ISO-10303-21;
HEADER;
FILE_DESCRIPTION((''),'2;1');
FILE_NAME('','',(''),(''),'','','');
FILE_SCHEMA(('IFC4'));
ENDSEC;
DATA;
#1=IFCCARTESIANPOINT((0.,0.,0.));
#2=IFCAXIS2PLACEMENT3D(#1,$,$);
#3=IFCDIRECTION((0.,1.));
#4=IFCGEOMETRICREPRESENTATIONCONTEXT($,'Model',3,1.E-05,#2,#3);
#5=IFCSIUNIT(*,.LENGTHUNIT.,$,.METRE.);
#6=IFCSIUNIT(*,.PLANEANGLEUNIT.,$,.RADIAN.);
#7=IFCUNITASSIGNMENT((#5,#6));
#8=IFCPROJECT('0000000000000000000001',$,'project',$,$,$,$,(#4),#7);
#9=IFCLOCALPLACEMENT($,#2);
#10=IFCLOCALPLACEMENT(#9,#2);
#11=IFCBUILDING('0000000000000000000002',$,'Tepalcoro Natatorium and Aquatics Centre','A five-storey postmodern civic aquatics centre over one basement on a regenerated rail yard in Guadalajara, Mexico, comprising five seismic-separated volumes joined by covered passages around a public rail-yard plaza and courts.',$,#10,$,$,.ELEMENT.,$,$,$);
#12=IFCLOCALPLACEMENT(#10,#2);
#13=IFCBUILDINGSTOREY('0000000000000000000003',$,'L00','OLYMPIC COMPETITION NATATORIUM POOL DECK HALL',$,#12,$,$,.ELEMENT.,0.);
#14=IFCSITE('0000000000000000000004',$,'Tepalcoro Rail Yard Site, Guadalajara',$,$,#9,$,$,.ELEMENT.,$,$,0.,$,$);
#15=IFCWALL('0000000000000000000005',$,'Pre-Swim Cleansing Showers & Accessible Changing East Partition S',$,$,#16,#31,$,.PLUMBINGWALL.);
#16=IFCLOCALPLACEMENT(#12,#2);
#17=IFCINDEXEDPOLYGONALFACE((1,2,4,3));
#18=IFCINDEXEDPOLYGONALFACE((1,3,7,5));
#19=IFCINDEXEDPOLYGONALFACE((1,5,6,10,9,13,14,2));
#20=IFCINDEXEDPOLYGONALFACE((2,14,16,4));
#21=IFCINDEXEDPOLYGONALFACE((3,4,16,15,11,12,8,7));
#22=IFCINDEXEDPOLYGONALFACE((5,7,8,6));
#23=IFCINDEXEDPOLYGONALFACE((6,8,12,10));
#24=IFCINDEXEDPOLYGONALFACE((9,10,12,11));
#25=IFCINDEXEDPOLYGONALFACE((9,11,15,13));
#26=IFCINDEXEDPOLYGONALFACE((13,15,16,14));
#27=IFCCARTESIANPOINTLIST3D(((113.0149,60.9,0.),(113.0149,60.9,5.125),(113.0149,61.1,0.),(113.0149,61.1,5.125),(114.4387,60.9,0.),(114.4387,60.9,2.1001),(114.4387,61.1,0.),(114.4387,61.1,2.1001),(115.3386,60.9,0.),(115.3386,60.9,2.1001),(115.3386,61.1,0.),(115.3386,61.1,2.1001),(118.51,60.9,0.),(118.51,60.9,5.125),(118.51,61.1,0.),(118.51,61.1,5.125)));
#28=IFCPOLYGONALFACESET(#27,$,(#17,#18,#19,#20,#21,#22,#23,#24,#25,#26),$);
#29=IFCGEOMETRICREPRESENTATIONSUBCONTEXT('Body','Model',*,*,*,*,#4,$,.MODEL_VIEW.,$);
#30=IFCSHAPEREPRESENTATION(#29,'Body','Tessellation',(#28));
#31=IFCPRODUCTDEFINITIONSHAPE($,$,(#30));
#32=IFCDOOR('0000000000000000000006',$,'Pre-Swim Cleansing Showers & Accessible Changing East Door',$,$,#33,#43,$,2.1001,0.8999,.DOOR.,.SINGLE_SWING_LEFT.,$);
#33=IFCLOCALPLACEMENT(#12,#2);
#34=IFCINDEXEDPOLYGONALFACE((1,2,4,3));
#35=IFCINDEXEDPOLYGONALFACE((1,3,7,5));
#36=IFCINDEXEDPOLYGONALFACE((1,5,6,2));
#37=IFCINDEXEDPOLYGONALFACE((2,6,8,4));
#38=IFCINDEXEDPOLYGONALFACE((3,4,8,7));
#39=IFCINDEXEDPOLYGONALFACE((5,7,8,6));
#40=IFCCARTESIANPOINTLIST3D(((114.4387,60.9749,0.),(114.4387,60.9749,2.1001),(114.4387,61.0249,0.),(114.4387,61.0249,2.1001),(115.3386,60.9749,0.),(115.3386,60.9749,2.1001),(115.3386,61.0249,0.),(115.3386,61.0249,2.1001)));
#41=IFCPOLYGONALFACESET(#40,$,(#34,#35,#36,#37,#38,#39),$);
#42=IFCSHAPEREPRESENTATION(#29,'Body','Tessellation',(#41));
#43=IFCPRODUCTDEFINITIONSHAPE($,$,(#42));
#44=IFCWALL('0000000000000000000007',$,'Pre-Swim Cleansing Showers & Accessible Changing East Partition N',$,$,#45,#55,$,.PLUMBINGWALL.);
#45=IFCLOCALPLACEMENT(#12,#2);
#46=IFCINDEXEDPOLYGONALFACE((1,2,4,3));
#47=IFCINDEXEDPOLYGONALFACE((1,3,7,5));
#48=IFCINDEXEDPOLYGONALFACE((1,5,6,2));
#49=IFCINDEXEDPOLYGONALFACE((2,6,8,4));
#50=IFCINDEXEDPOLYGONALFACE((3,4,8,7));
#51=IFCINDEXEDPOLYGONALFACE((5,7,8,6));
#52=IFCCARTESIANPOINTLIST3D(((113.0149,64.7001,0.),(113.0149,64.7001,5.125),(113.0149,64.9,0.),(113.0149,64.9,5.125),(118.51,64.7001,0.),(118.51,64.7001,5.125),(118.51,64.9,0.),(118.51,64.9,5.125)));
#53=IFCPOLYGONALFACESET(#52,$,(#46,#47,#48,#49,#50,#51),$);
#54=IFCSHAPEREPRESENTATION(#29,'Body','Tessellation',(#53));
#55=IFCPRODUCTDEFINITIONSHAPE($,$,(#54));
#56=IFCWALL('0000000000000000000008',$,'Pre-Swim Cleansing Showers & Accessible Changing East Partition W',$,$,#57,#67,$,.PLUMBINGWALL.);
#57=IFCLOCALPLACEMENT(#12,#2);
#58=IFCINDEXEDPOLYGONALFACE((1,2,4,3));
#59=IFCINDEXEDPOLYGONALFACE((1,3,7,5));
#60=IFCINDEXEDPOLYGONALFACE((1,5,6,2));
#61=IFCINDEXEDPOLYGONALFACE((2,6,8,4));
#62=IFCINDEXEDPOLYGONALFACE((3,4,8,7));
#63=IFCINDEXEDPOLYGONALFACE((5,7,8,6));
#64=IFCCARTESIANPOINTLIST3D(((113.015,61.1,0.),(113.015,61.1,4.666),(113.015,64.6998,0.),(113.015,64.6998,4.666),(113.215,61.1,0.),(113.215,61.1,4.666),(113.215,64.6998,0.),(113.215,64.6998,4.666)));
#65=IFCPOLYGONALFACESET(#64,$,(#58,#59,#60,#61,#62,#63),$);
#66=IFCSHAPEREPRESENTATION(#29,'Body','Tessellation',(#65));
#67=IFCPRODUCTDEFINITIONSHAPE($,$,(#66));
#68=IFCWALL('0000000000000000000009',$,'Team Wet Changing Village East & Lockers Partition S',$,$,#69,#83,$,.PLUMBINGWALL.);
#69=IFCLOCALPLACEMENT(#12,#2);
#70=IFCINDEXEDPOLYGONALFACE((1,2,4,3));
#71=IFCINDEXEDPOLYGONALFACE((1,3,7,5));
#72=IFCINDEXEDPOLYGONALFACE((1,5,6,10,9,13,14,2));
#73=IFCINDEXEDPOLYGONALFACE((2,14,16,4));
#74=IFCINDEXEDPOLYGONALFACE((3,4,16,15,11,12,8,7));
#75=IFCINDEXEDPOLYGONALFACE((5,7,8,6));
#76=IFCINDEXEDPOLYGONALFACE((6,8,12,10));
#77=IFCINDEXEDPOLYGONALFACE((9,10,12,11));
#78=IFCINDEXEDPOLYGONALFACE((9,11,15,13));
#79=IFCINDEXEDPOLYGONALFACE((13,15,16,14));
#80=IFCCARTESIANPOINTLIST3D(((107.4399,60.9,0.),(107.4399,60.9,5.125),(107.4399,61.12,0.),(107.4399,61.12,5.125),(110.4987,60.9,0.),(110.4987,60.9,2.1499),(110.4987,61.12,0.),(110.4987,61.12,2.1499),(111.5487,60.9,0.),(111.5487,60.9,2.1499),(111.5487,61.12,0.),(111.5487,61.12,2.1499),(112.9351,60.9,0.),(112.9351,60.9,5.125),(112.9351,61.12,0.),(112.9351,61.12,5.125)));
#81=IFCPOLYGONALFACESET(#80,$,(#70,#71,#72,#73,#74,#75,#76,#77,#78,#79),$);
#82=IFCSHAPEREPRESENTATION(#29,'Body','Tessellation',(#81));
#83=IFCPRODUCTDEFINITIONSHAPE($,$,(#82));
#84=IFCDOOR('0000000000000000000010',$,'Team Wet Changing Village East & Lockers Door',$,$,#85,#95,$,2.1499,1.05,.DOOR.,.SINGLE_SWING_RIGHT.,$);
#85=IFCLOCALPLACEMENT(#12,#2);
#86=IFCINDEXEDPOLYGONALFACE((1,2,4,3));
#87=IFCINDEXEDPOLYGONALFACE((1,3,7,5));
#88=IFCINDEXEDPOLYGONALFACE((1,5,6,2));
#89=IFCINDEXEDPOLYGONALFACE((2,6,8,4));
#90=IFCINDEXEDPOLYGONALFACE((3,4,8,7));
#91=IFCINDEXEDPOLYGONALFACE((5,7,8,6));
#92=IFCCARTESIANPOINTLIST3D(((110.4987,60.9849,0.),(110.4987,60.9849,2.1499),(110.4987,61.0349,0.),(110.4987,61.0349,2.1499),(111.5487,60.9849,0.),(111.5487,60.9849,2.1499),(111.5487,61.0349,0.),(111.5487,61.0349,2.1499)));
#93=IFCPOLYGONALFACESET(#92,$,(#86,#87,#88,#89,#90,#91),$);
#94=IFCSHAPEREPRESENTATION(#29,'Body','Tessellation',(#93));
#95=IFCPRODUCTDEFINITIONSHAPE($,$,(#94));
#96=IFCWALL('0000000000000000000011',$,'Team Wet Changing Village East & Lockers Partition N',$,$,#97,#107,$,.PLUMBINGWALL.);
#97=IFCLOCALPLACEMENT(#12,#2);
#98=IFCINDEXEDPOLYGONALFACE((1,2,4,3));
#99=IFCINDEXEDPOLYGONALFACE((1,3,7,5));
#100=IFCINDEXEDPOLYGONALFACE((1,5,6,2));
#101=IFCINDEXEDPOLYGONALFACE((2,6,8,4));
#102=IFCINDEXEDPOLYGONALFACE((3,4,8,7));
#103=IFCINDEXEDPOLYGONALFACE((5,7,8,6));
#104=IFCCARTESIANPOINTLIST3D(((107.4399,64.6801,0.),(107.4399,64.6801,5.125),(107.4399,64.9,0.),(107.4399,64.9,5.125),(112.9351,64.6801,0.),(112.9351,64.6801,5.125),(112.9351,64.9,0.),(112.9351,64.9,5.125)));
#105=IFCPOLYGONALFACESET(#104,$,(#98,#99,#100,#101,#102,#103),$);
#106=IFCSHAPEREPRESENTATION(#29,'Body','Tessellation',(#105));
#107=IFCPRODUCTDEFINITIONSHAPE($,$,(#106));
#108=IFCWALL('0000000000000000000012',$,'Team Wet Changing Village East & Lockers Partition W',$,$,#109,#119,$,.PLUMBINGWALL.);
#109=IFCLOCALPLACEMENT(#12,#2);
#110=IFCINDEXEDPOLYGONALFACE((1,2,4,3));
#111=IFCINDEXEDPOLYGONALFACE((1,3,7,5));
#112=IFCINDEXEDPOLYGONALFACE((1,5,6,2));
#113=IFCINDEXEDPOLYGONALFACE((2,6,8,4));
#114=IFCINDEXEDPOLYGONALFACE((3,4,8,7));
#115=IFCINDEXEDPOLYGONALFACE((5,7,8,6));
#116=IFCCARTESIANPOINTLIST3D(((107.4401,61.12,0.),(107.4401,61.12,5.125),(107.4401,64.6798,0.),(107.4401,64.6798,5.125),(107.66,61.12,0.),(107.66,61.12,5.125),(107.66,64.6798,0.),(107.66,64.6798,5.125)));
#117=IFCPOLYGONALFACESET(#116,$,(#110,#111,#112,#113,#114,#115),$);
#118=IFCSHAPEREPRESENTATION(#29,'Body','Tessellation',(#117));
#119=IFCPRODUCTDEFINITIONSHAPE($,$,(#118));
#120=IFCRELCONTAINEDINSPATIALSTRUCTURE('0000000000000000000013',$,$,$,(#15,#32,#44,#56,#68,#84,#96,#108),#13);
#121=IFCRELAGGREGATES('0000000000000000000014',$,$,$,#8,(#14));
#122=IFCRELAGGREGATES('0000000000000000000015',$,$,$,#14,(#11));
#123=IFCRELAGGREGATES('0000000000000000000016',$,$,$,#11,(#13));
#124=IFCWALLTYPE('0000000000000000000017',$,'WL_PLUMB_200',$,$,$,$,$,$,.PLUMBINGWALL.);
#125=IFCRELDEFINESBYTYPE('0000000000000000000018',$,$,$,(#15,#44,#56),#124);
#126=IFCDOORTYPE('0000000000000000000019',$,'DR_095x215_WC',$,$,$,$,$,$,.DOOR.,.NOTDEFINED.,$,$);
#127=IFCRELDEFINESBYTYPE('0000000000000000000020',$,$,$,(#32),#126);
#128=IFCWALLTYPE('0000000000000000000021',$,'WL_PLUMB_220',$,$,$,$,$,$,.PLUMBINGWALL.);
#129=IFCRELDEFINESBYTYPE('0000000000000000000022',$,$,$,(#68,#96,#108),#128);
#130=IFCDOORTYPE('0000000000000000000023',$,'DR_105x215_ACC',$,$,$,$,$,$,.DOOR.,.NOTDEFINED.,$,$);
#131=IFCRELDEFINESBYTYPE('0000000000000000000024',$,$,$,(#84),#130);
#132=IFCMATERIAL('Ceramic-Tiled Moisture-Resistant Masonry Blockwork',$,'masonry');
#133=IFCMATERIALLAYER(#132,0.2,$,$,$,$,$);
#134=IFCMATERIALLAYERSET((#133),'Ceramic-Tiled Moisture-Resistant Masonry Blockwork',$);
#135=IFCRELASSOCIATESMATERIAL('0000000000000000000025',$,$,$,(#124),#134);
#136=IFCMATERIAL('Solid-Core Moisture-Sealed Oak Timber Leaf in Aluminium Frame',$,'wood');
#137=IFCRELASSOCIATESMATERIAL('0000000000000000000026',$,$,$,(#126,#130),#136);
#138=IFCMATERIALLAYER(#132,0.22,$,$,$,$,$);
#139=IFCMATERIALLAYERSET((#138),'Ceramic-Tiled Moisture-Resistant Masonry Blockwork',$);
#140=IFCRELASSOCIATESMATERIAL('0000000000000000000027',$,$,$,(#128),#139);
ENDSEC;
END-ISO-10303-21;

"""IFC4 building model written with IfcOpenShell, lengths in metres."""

from ifc_helpers import new_model, si_unit, direction, frame, frame_2d, origin, place, context, subcontext, project, spatial, rectangle, extrude, material, layer, layer_set, type_object, element, fill, save


model = new_model("IFC4")

# Units and contexts
model_context = context("Model", 3, precision=1e-05, world=origin(), true_north=direction((0.0, 1.0)))
body_context = subcontext(model_context, "Body", "Model", "MODEL_VIEW")
ifc_project = project(units=[si_unit("LENGTHUNIT", "METRE"), si_unit("PLANEANGLEUNIT", "RADIAN")], contexts=[model_context])

# Site, building, storey
site_placement = place(None, origin())
site = spatial("IfcSite", under=ifc_project, at=site_placement, Name="Tepalcoro Rail Yard Site, Guadalajara", CompositionType="ELEMENT", RefElevation=0.0)
building_placement = place(site_placement, origin())
building = spatial("IfcBuilding", under=site, at=building_placement, Name="Tepalcoro Natatorium and Aquatics Centre", Description="A five-storey postmodern civic aquatics centre over one basement on a regenerated rail yard in Guadalajara, Mexico, comprising five seismic-separated volumes joined by covered passages around a public rail-yard plaza and courts.", CompositionType="ELEMENT")
storey_placement = place(building_placement, origin())
storey = spatial("IfcBuildingStorey", under=building, at=storey_placement, Name="L00", Description="OLYMPIC COMPETITION NATATORIUM POOL DECK HALL", CompositionType="ELEMENT", Elevation=0.0)

# Wall, opening, door
ifc_material_1 = material(Name="Ceramic-Tiled Moisture-Resistant Masonry Blockwork", Category="masonry")
ifc_layer_1 = layer(ifc_material_1, 0.2)
ifc_layer_set_1 = layer_set([ifc_layer_1], Name="Ceramic-Tiled Moisture-Resistant Masonry Blockwork")
wall_type_1 = type_object("IfcWallType", Name="WL_PLUMB_200", PredefinedType="PLUMBINGWALL", material=ifc_layer_set_1)
wall_1_placement = place(storey_placement, frame((113.0149, 61.0, 0.0), z_axis=(0.0, 0.0, 1.0), x_axis=(1.0, 0.0, 0.0)))
wall_1 = element("IfcWall", 1, at=wall_1_placement, inside=storey, type_object=wall_type_1, Name="Pre-Swim Cleansing Showers & Accessible Changing East Partition S", PredefinedType="PLUMBINGWALL", context=body_context, shape_type="SweptSolid", body=[
    extrude(rectangle(XDim=5.4951, YDim=0.2, at=frame_2d((2.7476, 0.0))), origin(), (0.0, 0.0, 1.0), 5.125),
])
opening_1_placement = place(wall_1_placement, frame((1.4238, 0.0, 0.0)))
opening_1 = element("IfcOpeningElement", 2, at=opening_1_placement, cuts=wall_1, PredefinedType="OPENING", context=body_context, shape_type="SweptSolid", body=[
    extrude(rectangle(XDim=0.8999, YDim=2.1001, at=frame_2d((0.45, 1.05))), frame((0.0, 0.1118, 0.0), z_axis=(0.0, -1.0, 0.0), x_axis=(1.0, 0.0, 0.0)), (0.0, 0.0, 1.0), 0.2239),
])
ifc_material_2 = material(Name="Solid-Core Moisture-Sealed Oak Timber Leaf in Aluminium Frame", Category="wood")
door_type_1 = type_object("IfcDoorType", Name="DR_095x215_WC", OperationType="NOTDEFINED", PredefinedType="DOOR", material=ifc_material_2)
door_1_placement = place(opening_1_placement, origin())
door_1 = element("IfcDoor", 3, at=door_1_placement, inside=storey, type_object=door_type_1, Name="Pre-Swim Cleansing Showers & Accessible Changing East Door", OperationType="SINGLE_SWING_LEFT", OverallHeight=2.1001, OverallWidth=0.8999, PredefinedType="DOOR", context=body_context, shape_type="SweptSolid", body=[
    extrude(rectangle(XDim=0.8999, YDim=2.1001, at=frame_2d((0.45, 1.05))), frame((0.0, 0.0249, 0.0), z_axis=(0.0, -1.0, 0.0), x_axis=(1.0, 0.0, 0.0)), (0.0, 0.0, 1.0), 0.05),
])
fill(opening_1, door_1)

# Walls
wall_2_placement = place(storey_placement, frame((113.0149, 64.8, 0.0), z_axis=(0.0, 0.0, 1.0), x_axis=(1.0, 0.0, 0.0)))
element("IfcWall", 4, at=wall_2_placement, inside=storey, type_object=wall_type_1, Name="Pre-Swim Cleansing Showers & Accessible Changing East Partition N", PredefinedType="PLUMBINGWALL", context=body_context, shape_type="SweptSolid", body=[
    extrude(rectangle(XDim=5.4951, YDim=0.2, at=frame_2d((2.7476, 0.0))), origin(), (0.0, 0.0, 1.0), 5.125),
])
wall_3_placement = place(storey_placement, frame((113.115, 61.1001, 0.0), z_axis=(0.0, 0.0, 1.0), x_axis=(0.0, 1.0, 0.0)))
element("IfcWall", 5, at=wall_3_placement, inside=storey, type_object=wall_type_1, Name="Pre-Swim Cleansing Showers & Accessible Changing East Partition W", PredefinedType="PLUMBINGWALL", context=body_context, shape_type="SweptSolid", body=[
    extrude(rectangle(XDim=3.5999, YDim=0.2, at=frame_2d((1.7998, 0.0))), origin(), (0.0, 0.0, 1.0), 4.666),
])

# Wall, opening, door
ifc_layer_2 = layer(ifc_material_1, 0.22)
ifc_layer_set_2 = layer_set([ifc_layer_2], Name="Ceramic-Tiled Moisture-Resistant Masonry Blockwork")
wall_type_2 = type_object("IfcWallType", Name="WL_PLUMB_220", PredefinedType="PLUMBINGWALL", material=ifc_layer_set_2)
wall_4_placement = place(storey_placement, frame((107.4399, 61.01, 0.0), z_axis=(0.0, 0.0, 1.0), x_axis=(1.0, 0.0, 0.0)))
wall_4 = element("IfcWall", 6, at=wall_4_placement, inside=storey, type_object=wall_type_2, Name="Team Wet Changing Village East & Lockers Partition S", PredefinedType="PLUMBINGWALL", context=body_context, shape_type="SweptSolid", body=[
    extrude(rectangle(XDim=5.4951, YDim=0.22, at=frame_2d((2.7476, 0.0))), origin(), (0.0, 0.0, 1.0), 5.125),
])
opening_2_placement = place(wall_4_placement, frame((3.0588, 0.0, 0.0)))
opening_2 = element("IfcOpeningElement", 7, at=opening_2_placement, cuts=wall_4, PredefinedType="OPENING", context=body_context, shape_type="SweptSolid", body=[
    extrude(rectangle(XDim=1.05, YDim=2.1499, at=frame_2d((0.5249, 1.075))), frame((0.0, 0.1221, 0.0), z_axis=(0.0, -1.0, 0.0), x_axis=(1.0, 0.0, 0.0)), (0.0, 0.0, 1.0), 0.2439),
])
door_type_2 = type_object("IfcDoorType", Name="DR_105x215_ACC", OperationType="NOTDEFINED", PredefinedType="DOOR", material=ifc_material_2)
door_2_placement = place(opening_2_placement, origin())
door_2 = element("IfcDoor", 8, at=door_2_placement, inside=storey, type_object=door_type_2, Name="Team Wet Changing Village East & Lockers Door", OperationType="SINGLE_SWING_RIGHT", OverallHeight=2.1499, OverallWidth=1.05, PredefinedType="DOOR", context=body_context, shape_type="SweptSolid", body=[
    extrude(rectangle(XDim=1.05, YDim=2.1499, at=frame_2d((0.5249, 1.075))), frame((0.0, 0.0249, 0.0), z_axis=(0.0, -1.0, 0.0), x_axis=(1.0, 0.0, 0.0)), (0.0, 0.0, 1.0), 0.05),
])
fill(opening_2, door_2)

# Walls
wall_5_placement = place(storey_placement, frame((107.4399, 64.79, 0.0), z_axis=(0.0, 0.0, 1.0), x_axis=(1.0, 0.0, 0.0)))
element("IfcWall", 9, at=wall_5_placement, inside=storey, type_object=wall_type_2, Name="Team Wet Changing Village East & Lockers Partition N", PredefinedType="PLUMBINGWALL", context=body_context, shape_type="SweptSolid", body=[
    extrude(rectangle(XDim=5.4951, YDim=0.22, at=frame_2d((2.7476, 0.0))), origin(), (0.0, 0.0, 1.0), 5.125),
])
wall_6_placement = place(storey_placement, frame((107.55, 61.1201, 0.0), z_axis=(0.0, 0.0, 1.0), x_axis=(0.0, 1.0, 0.0)))
element("IfcWall", 10, at=wall_6_placement, inside=storey, type_object=wall_type_2, Name="Team Wet Changing Village East & Lockers Partition W", PredefinedType="PLUMBINGWALL", context=body_context, shape_type="SweptSolid", body=[
    extrude(rectangle(XDim=3.5598, YDim=0.22, at=frame_2d((1.7798, 0.0))), origin(), (0.0, 0.0, 1.0), 5.125),
])

save(model, "model.ifc")
